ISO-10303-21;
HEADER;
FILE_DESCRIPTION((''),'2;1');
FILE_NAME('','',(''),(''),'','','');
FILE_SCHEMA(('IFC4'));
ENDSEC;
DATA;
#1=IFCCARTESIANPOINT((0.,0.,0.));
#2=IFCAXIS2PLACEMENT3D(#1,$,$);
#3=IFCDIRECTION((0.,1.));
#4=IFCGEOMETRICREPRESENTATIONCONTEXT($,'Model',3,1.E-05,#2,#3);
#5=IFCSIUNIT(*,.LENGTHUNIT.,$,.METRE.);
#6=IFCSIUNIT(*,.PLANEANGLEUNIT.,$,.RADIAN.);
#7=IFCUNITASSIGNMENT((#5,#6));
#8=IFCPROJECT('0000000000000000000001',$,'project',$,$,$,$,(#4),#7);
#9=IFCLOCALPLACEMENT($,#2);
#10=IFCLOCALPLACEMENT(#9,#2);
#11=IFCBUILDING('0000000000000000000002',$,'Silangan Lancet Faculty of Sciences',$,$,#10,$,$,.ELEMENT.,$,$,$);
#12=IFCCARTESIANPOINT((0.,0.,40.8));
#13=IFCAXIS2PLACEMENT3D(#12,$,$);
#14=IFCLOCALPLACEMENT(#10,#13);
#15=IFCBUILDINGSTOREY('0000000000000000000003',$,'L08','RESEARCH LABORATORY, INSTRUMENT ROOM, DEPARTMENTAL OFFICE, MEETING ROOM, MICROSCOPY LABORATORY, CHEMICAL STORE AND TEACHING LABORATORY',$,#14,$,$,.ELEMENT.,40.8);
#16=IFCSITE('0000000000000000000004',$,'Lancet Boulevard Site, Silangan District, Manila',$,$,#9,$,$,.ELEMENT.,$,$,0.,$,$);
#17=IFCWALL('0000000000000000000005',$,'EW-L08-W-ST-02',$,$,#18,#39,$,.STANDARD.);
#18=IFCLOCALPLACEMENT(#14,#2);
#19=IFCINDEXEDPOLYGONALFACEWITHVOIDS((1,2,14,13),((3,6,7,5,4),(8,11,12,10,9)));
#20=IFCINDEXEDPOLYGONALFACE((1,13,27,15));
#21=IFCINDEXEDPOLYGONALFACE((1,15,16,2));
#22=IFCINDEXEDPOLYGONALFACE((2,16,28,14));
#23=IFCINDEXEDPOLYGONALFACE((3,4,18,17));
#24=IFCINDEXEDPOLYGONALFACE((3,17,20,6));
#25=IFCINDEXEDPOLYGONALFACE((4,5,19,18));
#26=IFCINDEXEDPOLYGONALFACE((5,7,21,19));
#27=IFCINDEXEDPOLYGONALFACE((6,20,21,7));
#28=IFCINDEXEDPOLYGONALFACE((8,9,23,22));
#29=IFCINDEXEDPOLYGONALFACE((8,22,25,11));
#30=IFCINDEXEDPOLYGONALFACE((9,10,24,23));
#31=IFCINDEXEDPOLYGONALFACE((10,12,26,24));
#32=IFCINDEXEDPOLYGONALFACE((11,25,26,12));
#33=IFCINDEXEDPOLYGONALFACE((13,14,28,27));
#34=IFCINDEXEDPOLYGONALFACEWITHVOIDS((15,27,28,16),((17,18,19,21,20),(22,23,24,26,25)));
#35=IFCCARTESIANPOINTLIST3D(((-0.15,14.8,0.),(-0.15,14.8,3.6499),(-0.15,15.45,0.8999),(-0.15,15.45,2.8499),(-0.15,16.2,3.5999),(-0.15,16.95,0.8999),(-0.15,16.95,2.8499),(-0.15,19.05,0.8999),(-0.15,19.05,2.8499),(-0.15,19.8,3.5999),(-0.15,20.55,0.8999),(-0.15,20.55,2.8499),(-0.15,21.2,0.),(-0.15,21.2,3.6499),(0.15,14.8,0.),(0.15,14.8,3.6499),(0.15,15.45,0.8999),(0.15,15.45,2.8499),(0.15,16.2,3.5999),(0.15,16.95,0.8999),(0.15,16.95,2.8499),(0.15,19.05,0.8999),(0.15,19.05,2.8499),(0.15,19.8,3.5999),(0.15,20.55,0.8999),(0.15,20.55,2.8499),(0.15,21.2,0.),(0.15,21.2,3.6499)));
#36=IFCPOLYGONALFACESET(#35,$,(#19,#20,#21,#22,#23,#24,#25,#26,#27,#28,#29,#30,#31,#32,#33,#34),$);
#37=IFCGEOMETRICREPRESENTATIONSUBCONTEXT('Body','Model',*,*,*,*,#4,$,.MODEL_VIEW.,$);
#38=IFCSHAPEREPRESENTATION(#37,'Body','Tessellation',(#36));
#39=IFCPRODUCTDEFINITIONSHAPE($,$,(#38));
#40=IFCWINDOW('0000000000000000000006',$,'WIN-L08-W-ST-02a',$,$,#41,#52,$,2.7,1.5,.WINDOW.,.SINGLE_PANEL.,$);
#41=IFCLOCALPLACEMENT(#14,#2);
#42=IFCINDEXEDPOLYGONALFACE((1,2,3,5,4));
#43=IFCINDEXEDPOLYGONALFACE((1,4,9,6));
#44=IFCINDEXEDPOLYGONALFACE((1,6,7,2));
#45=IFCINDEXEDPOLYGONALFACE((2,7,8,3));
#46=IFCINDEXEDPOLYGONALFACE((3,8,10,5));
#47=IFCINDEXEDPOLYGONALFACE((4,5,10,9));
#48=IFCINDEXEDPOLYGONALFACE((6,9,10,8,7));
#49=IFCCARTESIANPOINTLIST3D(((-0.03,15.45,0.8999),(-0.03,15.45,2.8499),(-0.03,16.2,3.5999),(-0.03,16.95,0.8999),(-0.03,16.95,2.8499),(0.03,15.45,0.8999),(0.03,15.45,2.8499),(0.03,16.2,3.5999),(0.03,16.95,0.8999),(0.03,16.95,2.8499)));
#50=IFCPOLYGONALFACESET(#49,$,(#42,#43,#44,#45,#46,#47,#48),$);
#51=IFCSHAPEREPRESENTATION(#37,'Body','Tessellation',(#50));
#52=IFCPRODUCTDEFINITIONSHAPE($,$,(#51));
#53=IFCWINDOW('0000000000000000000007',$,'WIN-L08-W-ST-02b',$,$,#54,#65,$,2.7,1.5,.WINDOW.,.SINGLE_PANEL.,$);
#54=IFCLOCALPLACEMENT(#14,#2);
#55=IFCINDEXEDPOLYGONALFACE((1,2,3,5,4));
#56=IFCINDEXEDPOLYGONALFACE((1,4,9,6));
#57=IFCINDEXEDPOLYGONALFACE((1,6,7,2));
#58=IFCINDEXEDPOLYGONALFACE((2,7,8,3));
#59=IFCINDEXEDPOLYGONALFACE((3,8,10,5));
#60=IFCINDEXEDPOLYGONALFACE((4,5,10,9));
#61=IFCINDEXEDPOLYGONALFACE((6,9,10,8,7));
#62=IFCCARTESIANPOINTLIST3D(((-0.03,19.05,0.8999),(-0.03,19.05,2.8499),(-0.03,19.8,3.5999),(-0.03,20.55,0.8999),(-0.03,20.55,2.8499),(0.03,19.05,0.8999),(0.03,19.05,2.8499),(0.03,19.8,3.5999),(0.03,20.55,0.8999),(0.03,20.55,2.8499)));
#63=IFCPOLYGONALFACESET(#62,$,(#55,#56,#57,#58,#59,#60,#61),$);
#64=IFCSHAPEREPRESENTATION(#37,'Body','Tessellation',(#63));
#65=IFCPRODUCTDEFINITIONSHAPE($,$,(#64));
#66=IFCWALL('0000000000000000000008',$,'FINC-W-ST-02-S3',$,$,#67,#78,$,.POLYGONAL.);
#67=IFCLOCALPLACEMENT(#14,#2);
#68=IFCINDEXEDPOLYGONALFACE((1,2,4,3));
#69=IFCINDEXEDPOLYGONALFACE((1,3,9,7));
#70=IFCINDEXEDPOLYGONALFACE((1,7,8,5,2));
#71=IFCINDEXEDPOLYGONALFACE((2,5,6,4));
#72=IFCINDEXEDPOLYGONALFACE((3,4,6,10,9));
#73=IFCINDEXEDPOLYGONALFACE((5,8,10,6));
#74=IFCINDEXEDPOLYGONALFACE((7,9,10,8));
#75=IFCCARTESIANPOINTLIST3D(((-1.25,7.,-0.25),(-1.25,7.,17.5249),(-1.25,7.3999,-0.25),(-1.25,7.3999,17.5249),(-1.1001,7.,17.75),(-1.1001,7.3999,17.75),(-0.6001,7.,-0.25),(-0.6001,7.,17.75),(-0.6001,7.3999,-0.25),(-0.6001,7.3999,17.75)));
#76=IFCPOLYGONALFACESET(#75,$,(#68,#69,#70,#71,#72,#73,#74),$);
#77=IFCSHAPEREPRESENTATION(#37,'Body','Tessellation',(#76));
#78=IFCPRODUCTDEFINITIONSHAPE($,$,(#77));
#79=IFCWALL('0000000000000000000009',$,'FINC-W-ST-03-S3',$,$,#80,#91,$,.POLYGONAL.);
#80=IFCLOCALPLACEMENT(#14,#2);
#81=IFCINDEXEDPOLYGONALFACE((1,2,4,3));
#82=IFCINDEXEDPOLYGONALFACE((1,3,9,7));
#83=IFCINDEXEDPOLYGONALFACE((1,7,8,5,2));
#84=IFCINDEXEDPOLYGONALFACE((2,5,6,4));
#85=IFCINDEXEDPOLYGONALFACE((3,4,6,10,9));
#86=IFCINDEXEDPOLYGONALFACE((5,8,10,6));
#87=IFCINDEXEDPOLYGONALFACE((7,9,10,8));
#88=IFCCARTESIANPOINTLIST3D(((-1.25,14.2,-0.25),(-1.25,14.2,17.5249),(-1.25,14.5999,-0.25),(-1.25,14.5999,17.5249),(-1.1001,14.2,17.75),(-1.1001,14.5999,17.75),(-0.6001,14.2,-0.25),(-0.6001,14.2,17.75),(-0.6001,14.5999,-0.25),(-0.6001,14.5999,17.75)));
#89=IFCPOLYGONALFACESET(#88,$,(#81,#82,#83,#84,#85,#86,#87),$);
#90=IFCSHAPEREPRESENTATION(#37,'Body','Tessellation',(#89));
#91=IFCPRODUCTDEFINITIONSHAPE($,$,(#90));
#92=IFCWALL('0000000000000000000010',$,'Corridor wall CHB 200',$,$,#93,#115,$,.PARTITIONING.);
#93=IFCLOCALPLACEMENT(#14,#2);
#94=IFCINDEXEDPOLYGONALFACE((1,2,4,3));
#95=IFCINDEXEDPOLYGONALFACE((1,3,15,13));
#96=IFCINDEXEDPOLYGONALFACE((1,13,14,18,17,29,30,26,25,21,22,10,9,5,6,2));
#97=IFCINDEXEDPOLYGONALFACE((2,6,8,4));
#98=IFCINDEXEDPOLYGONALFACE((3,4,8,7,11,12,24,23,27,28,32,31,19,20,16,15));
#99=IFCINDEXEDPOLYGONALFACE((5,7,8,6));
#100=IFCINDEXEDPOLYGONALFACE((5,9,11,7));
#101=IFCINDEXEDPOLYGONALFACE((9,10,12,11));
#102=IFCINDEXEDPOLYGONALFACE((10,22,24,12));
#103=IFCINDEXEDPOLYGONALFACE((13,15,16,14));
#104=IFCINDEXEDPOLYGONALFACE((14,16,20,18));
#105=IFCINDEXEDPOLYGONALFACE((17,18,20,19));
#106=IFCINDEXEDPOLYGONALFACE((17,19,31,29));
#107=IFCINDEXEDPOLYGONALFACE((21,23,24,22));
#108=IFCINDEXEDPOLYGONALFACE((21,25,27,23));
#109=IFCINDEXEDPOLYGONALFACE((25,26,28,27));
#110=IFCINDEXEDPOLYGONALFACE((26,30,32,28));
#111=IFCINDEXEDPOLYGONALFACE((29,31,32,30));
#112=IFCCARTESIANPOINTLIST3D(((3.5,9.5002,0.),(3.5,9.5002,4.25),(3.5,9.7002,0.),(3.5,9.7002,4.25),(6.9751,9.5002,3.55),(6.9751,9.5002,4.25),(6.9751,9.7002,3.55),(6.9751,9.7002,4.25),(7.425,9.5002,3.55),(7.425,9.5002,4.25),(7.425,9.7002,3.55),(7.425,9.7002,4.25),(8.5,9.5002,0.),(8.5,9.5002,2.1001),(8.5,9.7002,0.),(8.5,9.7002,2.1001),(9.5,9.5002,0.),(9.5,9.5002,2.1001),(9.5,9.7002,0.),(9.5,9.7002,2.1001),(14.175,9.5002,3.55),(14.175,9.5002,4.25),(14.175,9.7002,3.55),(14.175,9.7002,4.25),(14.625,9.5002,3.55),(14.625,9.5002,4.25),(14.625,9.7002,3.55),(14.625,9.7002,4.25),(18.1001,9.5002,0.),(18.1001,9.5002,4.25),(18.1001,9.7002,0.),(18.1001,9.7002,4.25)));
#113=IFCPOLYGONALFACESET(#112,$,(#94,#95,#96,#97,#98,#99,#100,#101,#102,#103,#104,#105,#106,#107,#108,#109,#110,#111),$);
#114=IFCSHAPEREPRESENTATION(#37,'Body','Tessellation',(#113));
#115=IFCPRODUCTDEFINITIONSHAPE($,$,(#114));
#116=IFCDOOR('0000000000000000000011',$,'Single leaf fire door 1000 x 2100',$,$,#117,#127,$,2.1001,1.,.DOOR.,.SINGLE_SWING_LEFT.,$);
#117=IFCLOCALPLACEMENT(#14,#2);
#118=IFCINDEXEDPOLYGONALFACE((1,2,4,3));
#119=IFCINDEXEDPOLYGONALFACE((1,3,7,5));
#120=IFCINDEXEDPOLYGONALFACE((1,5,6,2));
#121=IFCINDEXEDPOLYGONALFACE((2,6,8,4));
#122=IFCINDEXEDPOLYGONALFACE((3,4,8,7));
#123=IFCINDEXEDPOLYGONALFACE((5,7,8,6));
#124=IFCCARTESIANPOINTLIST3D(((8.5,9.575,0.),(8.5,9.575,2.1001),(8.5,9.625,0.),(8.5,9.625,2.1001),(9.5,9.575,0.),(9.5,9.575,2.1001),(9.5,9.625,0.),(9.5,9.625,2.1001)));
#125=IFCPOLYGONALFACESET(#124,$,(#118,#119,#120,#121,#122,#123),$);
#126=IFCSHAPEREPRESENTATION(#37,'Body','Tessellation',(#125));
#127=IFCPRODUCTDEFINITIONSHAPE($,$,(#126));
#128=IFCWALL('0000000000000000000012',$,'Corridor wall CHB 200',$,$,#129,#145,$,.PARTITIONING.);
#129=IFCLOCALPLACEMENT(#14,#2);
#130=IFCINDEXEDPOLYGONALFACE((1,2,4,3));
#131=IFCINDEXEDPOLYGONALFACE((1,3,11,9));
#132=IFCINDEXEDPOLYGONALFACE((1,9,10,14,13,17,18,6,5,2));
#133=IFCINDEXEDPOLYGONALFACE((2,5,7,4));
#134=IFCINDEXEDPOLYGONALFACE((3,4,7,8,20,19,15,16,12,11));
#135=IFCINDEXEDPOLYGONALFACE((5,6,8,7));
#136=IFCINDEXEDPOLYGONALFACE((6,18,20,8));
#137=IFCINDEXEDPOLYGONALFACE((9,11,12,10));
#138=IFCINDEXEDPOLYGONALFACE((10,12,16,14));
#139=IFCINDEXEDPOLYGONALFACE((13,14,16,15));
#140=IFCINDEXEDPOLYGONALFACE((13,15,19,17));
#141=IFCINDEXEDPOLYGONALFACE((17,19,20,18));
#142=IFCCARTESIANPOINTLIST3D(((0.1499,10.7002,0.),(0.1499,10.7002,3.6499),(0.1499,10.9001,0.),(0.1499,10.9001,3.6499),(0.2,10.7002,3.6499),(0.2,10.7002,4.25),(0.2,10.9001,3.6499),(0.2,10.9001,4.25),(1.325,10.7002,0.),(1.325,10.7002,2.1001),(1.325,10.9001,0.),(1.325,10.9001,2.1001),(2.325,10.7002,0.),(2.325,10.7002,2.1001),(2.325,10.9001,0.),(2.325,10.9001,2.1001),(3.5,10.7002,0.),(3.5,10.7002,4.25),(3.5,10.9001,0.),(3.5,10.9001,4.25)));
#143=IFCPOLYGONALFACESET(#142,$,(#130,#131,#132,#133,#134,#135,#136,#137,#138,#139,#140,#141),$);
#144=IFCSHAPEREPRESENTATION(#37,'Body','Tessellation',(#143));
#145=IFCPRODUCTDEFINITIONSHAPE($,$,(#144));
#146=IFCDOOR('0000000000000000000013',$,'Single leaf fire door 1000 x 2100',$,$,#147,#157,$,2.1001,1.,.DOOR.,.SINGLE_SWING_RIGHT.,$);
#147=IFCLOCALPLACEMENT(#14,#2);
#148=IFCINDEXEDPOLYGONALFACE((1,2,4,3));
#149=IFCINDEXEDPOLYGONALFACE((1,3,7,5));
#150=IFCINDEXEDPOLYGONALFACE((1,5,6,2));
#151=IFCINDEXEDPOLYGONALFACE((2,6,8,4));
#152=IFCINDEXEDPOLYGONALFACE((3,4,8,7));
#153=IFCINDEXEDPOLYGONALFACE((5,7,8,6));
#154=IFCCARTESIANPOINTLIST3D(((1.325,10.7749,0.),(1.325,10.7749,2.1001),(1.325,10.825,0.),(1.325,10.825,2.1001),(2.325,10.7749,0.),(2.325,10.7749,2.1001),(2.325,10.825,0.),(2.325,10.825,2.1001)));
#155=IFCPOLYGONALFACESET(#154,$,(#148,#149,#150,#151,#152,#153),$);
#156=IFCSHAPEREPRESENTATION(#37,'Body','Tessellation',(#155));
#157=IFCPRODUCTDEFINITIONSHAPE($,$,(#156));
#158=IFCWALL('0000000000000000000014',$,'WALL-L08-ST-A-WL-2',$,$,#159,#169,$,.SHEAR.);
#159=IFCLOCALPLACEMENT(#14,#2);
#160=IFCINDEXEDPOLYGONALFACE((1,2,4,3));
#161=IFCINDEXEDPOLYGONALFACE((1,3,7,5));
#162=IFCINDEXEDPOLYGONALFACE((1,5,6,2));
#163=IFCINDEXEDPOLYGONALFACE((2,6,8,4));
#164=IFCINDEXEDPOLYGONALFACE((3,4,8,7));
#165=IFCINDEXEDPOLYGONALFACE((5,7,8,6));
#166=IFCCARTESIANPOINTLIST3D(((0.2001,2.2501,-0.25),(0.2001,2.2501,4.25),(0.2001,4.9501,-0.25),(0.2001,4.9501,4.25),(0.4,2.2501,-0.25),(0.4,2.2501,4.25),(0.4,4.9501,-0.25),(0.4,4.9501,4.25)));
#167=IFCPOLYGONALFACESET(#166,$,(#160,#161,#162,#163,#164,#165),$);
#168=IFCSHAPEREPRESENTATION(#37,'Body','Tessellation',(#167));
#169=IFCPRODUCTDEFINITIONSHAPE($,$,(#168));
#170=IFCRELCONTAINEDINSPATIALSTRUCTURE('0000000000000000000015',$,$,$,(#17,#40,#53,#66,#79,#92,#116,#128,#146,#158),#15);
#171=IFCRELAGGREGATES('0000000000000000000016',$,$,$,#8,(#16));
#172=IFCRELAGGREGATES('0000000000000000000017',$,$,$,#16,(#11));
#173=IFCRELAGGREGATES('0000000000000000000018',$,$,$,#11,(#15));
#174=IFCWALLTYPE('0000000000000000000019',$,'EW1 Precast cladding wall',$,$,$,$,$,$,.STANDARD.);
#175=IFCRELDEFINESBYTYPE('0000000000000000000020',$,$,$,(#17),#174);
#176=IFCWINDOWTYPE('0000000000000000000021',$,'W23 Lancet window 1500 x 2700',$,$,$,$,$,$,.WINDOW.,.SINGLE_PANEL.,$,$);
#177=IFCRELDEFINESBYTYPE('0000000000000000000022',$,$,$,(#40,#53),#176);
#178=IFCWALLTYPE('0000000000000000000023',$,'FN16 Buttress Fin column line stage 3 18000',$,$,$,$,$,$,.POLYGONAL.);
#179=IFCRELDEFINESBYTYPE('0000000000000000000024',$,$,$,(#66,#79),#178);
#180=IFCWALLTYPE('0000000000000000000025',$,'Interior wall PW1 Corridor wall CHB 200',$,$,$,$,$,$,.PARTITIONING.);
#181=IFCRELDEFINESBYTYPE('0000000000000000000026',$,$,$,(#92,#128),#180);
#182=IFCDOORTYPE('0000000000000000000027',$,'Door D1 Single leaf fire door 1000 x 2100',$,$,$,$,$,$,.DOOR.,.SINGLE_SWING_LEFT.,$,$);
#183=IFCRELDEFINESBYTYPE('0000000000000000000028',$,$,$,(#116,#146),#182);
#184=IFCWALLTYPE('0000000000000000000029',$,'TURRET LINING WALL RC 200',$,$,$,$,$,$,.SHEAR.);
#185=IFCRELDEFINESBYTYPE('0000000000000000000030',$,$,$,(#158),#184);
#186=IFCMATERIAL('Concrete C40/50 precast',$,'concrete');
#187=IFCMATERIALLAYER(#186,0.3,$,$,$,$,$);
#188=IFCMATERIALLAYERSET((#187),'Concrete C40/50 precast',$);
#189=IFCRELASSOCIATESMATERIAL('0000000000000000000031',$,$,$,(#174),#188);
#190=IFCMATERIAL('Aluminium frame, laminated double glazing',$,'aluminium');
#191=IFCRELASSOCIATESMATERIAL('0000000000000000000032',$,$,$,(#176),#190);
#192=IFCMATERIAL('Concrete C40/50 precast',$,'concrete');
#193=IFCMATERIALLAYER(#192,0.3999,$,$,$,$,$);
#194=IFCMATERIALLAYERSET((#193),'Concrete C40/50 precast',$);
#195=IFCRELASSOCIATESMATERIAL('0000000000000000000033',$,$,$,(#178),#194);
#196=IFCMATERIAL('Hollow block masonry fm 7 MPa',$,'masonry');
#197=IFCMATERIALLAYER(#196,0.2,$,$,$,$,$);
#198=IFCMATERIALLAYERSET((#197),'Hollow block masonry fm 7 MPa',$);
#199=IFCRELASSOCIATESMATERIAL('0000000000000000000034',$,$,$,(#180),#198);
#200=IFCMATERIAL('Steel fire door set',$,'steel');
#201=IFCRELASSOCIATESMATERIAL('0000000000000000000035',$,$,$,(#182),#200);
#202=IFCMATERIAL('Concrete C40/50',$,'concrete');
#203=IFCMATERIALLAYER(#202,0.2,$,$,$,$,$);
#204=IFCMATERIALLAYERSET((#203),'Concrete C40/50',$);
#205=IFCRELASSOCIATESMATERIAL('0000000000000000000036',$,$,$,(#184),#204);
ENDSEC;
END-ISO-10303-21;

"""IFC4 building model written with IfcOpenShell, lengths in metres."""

from ifc_helpers import new_model, si_unit, direction, frame, frame_2d, origin, place, context, subcontext, project, spatial, polyline, rectangle, outline, extrude, material, layer, layer_set, type_object, element, fill, save


model = new_model("IFC4")

# Units and contexts
model_context = context("Model", 3, precision=1e-05, world=origin(), true_north=direction((0.0, 1.0)))
body_context = subcontext(model_context, "Body", "Model", "MODEL_VIEW")
ifc_project = project(units=[si_unit("LENGTHUNIT", "METRE"), si_unit("PLANEANGLEUNIT", "RADIAN")], contexts=[model_context])

# Site, building, storey
site_placement = place(None, origin())
site = spatial("IfcSite", under=ifc_project, at=site_placement, Name="Lancet Boulevard Site, Silangan District, Manila", CompositionType="ELEMENT", RefElevation=0.0)
building_placement = place(site_placement, origin())
building = spatial("IfcBuilding", under=site, at=building_placement, Name="Silangan Lancet Faculty of Sciences", CompositionType="ELEMENT")
storey_placement = place(building_placement, frame((0.0, 0.0, 40.8)))
storey = spatial("IfcBuildingStorey", under=building, at=storey_placement, Name="L08", Description="RESEARCH LABORATORY, INSTRUMENT ROOM, DEPARTMENTAL OFFICE, MEETING ROOM, MICROSCOPY LABORATORY, CHEMICAL STORE AND TEACHING LABORATORY", CompositionType="ELEMENT", Elevation=40.8)

# Wall, openings, windows
ifc_material_1 = material(Name="Concrete C40/50 precast", Category="concrete")
ifc_layer_1 = layer(ifc_material_1, 0.3)
ifc_layer_set_1 = layer_set([ifc_layer_1], Name="Concrete C40/50 precast")
wall_type_1 = type_object("IfcWallType", Name="EW1 Precast cladding wall", PredefinedType="STANDARD", material=ifc_layer_set_1)
ifc_material_2 = material(Name="Aluminium frame, laminated double glazing", Category="aluminium")
window_type = type_object("IfcWindowType", Name="W23 Lancet window 1500 x 2700", PartitioningType="SINGLE_PANEL", PredefinedType="WINDOW", material=ifc_material_2)
wall_1_placement = place(storey_placement, frame((0.0, 14.8, 0.0), z_axis=(0.0, 0.0, 1.0), x_axis=(0.0, 1.0, 0.0)))
wall_1 = element("IfcWall", 1, at=wall_1_placement, inside=storey, type_object=wall_type_1, Name="EW-L08-W-ST-02", PredefinedType="STANDARD", context=body_context, shape_type="SweptSolid", body=[
    extrude(rectangle(XDim=6.3999, YDim=0.3, at=frame_2d((3.2, 0.0))), origin(), (0.0, 0.0, 1.0), 3.6499),
])
opening_1_placement = place(wall_1_placement, frame((0.6499, 0.0, 0.8999)))
opening_1 = element("IfcOpeningElement", 2, at=opening_1_placement, cuts=wall_1, PredefinedType="OPENING", context=body_context, shape_type="SweptSolid", body=[
    extrude(outline(polyline([(0.0, 0.0), (1.5, 0.0), (1.5, 1.95), (0.75, 2.7), (0.0, 1.95), (0.0, 0.0)])), frame((0.0, 0.1599, 0.0), z_axis=(0.0, -1.0, 0.0), x_axis=(1.0, 0.0, 0.0)), (0.0, 0.0, 1.0), 0.3201),
])
opening_2_placement = place(wall_1_placement, frame((4.25, 0.0, 0.8999)))
opening_2 = element("IfcOpeningElement", 3, at=opening_2_placement, cuts=wall_1, PredefinedType="OPENING", context=body_context, shape_type="SweptSolid", body=[
    extrude(outline(polyline([(0.0, 0.0), (1.5, 0.0), (1.5, 1.95), (0.75, 2.7), (0.0, 1.95), (0.0, 0.0)])), frame((0.0, 0.1599, 0.0), z_axis=(0.0, -1.0, 0.0), x_axis=(1.0, 0.0, 0.0)), (0.0, 0.0, 1.0), 0.3201),
])
window_1_placement = place(opening_1_placement, origin())
window_1 = element("IfcWindow", 4, at=window_1_placement, inside=storey, type_object=window_type, Name="WIN-L08-W-ST-02a", OverallHeight=2.7, OverallWidth=1.5, PartitioningType="SINGLE_PANEL", PredefinedType="WINDOW", context=body_context, shape_type="SweptSolid", body=[
    extrude(outline(polyline([(0.0, 0.0), (1.5, 0.0), (1.5, 1.95), (0.75, 2.7), (0.0, 1.95), (0.0, 0.0)])), frame((0.0, 0.03, 0.0), z_axis=(0.0, -1.0, 0.0), x_axis=(1.0, 0.0, 0.0)), (0.0, 0.0, 1.0), 0.0601),
])
fill(opening_1, window_1)
window_2_placement = place(opening_2_placement, origin())
window_2 = element("IfcWindow", 5, at=window_2_placement, inside=storey, type_object=window_type, Name="WIN-L08-W-ST-02b", OverallHeight=2.7, OverallWidth=1.5, PartitioningType="SINGLE_PANEL", PredefinedType="WINDOW", context=body_context, shape_type="SweptSolid", body=[
    extrude(outline(polyline([(0.0, 0.0), (1.5, 0.0), (1.5, 1.95), (0.75, 2.7), (0.0, 1.95), (0.0, 0.0)])), frame((0.0, 0.03, 0.0), z_axis=(0.0, -1.0, 0.0), x_axis=(1.0, 0.0, 0.0)), (0.0, 0.0, 1.0), 0.0601),
])
fill(opening_2, window_2)

# Walls
ifc_material_3 = material(Name="Concrete C40/50 precast", Category="concrete")
ifc_layer_2 = layer(ifc_material_3, 0.3999)
ifc_layer_set_2 = layer_set([ifc_layer_2], Name="Concrete C40/50 precast")
wall_type_2 = type_object("IfcWallType", Name="FN16 Buttress Fin column line stage 3 18000", PredefinedType="POLYGONAL", material=ifc_layer_set_2)
for number, where, z_axis, x_axis, name in (
    (6, (-0.6001, 7.2, -0.25), (0.0, 0.0, 1.0), (-1.0, 0.0, 0.0), "FINC-W-ST-02-S3"),
    (7, (-0.6001, 14.3999, -0.25), (0.0, 0.0, 1.0), (-1.0, 0.0, 0.0), "FINC-W-ST-03-S3"),
):
    element("IfcWall", number, at=place(storey_placement, frame(where, z_axis=z_axis, x_axis=x_axis)), inside=storey, type_object=wall_type_2, Name=name, PredefinedType="POLYGONAL", context=body_context, shape_type="SweptSolid", body=[
        extrude(outline(polyline([(0.6499, 0.0), (0.6499, 17.7749), (0.5, 18.0), (0.0, 18.0), (0.0, 0.0), (0.6499, 0.0)])), frame((0.0, 0.2, 0.0), z_axis=(0.0, -1.0, 0.0), x_axis=(1.0, 0.0, 0.0)), (0.0, 0.0, 1.0), 0.3999),
    ])

# Walls, openings, doors
ifc_material_4 = material(Name="Hollow block masonry fm 7 MPa", Category="masonry")
ifc_layer_3 = layer(ifc_material_4, 0.2)
ifc_layer_set_3 = layer_set([ifc_layer_3], Name="Hollow block masonry fm 7 MPa")
wall_type_3 = type_object("IfcWallType", Name="Interior wall PW1 Corridor wall CHB 200", PredefinedType="PARTITIONING", material=ifc_layer_set_3)
wall_2_placement = place(storey_placement, frame((3.5, 9.6001, 0.0), z_axis=(0.0, 0.0, 1.0), x_axis=(1.0, 0.0, 0.0)))
wall_2 = element("IfcWall", 8, at=wall_2_placement, inside=storey, type_object=wall_type_3, Name="Corridor wall CHB 200", PredefinedType="PARTITIONING", context=body_context, shape_type="SweptSolid", body=[
    extrude(outline(polyline([(0.0, 0.0), (14.6001, 0.0), (14.6001, 4.25), (11.125, 4.25), (11.125, 3.55), (10.675, 3.55), (10.675, 4.25), (3.925, 4.25), (3.925, 3.55), (3.4751, 3.55), (3.4751, 4.25), (0.0, 4.25), (0.0, 0.0)])), frame((0.0, 0.1001, 0.0), z_axis=(0.0, -1.0, 0.0), x_axis=(1.0, 0.0, 0.0)), (0.0, 0.0, 1.0), 0.2),
])
opening_3_placement = place(wall_2_placement, frame((5.0, 0.0, 0.0)))
opening_3 = element("IfcOpeningElement", 9, at=opening_3_placement, cuts=wall_2, PredefinedType="OPENING", context=body_context, shape_type="SweptSolid", body=[
    extrude(rectangle(XDim=1.0, YDim=2.1001, at=frame_2d((0.5, 1.05))), frame((0.0, 0.1099, 0.0), z_axis=(0.0, -1.0, 0.0), x_axis=(1.0, 0.0, 0.0)), (0.0, 0.0, 1.0), 0.22),
])
ifc_material_5 = material(Name="Steel fire door set", Category="steel")
door_type_1 = type_object("IfcDoorType", Name="Door D1 Single leaf fire door 1000 x 2100", OperationType="SINGLE_SWING_LEFT", PredefinedType="DOOR", material=ifc_material_5)
door_1_placement = place(opening_3_placement, origin())
door_1 = element("IfcDoor", 10, at=door_1_placement, inside=storey, type_object=door_type_1, Name="Single leaf fire door 1000 x 2100", OperationType="SINGLE_SWING_LEFT", OverallHeight=2.1001, OverallWidth=1.0, PredefinedType="DOOR", context=body_context, shape_type="SweptSolid", body=[
    extrude(rectangle(XDim=1.0, YDim=2.1001, at=frame_2d((0.5, 1.05))), frame((0.0, 0.0249, 0.0), z_axis=(0.0, -1.0, 0.0), x_axis=(1.0, 0.0, 0.0)), (0.0, 0.0, 1.0), 0.05),
])
fill(opening_3, door_1)
wall_3_placement = place(storey_placement, frame((0.1499, 10.8, 0.0), z_axis=(0.0, 0.0, 1.0), x_axis=(1.0, 0.0, 0.0)))
wall_3 = element("IfcWall", 11, at=wall_3_placement, inside=storey, type_object=wall_type_3, Name="Corridor wall CHB 200", PredefinedType="PARTITIONING", context=body_context, shape_type="SweptSolid", body=[
    extrude(outline(polyline([(0.0, 0.0), (3.3501, 0.0), (3.3501, 4.25), (0.05, 4.25), (0.05, 3.6499), (0.0, 3.6499), (0.0, 0.0)])), frame((0.0, 0.1001, 0.0), z_axis=(0.0, -1.0, 0.0), x_axis=(1.0, 0.0, 0.0)), (0.0, 0.0, 1.0), 0.2),
])
opening_4_placement = place(wall_3_placement, frame((1.175, 0.0, 0.0)))
opening_4 = element("IfcOpeningElement", 12, at=opening_4_placement, cuts=wall_3, PredefinedType="OPENING", context=body_context, shape_type="SweptSolid", body=[
    extrude(rectangle(XDim=1.0, YDim=2.1001, at=frame_2d((0.5, 1.05))), frame((0.0, 0.1099, 0.0), z_axis=(0.0, -1.0, 0.0), x_axis=(1.0, 0.0, 0.0)), (0.0, 0.0, 1.0), 0.22),
])
door_2_placement = place(opening_4_placement, origin())
door_2 = element("IfcDoor", 13, at=door_2_placement, inside=storey, type_object=door_type_1, Name="Single leaf fire door 1000 x 2100", OperationType="SINGLE_SWING_RIGHT", OverallHeight=2.1001, OverallWidth=1.0, PredefinedType="DOOR", context=body_context, shape_type="SweptSolid", body=[
    extrude(rectangle(XDim=1.0, YDim=2.1001, at=frame_2d((0.5, 1.05))), frame((0.0, 0.0249, 0.0), z_axis=(0.0, -1.0, 0.0), x_axis=(1.0, 0.0, 0.0)), (0.0, 0.0, 1.0), 0.05),
])
fill(opening_4, door_2)

# Wall
ifc_material_6 = material(Name="Concrete C40/50", Category="concrete")
ifc_layer_4 = layer(ifc_material_6, 0.2)
ifc_layer_set_4 = layer_set([ifc_layer_4], Name="Concrete C40/50")
wall_type_4 = type_object("IfcWallType", Name="TURRET LINING WALL RC 200", PredefinedType="SHEAR", material=ifc_layer_set_4)
wall_4_placement = place(storey_placement, frame((0.3, 2.25, -0.25), z_axis=(0.0, 0.0, 1.0), x_axis=(0.0, 1.0, 0.0)))
element("IfcWall", 14, at=wall_4_placement, inside=storey, type_object=wall_type_4, Name="WALL-L08-ST-A-WL-2", PredefinedType="SHEAR", context=body_context, shape_type="SweptSolid", body=[
    extrude(rectangle(XDim=2.7, YDim=0.2, at=frame_2d((1.3501, 0.0))), origin(), (0.0, 0.0, 1.0), 4.5),
])

save(model, "model.ifc")
